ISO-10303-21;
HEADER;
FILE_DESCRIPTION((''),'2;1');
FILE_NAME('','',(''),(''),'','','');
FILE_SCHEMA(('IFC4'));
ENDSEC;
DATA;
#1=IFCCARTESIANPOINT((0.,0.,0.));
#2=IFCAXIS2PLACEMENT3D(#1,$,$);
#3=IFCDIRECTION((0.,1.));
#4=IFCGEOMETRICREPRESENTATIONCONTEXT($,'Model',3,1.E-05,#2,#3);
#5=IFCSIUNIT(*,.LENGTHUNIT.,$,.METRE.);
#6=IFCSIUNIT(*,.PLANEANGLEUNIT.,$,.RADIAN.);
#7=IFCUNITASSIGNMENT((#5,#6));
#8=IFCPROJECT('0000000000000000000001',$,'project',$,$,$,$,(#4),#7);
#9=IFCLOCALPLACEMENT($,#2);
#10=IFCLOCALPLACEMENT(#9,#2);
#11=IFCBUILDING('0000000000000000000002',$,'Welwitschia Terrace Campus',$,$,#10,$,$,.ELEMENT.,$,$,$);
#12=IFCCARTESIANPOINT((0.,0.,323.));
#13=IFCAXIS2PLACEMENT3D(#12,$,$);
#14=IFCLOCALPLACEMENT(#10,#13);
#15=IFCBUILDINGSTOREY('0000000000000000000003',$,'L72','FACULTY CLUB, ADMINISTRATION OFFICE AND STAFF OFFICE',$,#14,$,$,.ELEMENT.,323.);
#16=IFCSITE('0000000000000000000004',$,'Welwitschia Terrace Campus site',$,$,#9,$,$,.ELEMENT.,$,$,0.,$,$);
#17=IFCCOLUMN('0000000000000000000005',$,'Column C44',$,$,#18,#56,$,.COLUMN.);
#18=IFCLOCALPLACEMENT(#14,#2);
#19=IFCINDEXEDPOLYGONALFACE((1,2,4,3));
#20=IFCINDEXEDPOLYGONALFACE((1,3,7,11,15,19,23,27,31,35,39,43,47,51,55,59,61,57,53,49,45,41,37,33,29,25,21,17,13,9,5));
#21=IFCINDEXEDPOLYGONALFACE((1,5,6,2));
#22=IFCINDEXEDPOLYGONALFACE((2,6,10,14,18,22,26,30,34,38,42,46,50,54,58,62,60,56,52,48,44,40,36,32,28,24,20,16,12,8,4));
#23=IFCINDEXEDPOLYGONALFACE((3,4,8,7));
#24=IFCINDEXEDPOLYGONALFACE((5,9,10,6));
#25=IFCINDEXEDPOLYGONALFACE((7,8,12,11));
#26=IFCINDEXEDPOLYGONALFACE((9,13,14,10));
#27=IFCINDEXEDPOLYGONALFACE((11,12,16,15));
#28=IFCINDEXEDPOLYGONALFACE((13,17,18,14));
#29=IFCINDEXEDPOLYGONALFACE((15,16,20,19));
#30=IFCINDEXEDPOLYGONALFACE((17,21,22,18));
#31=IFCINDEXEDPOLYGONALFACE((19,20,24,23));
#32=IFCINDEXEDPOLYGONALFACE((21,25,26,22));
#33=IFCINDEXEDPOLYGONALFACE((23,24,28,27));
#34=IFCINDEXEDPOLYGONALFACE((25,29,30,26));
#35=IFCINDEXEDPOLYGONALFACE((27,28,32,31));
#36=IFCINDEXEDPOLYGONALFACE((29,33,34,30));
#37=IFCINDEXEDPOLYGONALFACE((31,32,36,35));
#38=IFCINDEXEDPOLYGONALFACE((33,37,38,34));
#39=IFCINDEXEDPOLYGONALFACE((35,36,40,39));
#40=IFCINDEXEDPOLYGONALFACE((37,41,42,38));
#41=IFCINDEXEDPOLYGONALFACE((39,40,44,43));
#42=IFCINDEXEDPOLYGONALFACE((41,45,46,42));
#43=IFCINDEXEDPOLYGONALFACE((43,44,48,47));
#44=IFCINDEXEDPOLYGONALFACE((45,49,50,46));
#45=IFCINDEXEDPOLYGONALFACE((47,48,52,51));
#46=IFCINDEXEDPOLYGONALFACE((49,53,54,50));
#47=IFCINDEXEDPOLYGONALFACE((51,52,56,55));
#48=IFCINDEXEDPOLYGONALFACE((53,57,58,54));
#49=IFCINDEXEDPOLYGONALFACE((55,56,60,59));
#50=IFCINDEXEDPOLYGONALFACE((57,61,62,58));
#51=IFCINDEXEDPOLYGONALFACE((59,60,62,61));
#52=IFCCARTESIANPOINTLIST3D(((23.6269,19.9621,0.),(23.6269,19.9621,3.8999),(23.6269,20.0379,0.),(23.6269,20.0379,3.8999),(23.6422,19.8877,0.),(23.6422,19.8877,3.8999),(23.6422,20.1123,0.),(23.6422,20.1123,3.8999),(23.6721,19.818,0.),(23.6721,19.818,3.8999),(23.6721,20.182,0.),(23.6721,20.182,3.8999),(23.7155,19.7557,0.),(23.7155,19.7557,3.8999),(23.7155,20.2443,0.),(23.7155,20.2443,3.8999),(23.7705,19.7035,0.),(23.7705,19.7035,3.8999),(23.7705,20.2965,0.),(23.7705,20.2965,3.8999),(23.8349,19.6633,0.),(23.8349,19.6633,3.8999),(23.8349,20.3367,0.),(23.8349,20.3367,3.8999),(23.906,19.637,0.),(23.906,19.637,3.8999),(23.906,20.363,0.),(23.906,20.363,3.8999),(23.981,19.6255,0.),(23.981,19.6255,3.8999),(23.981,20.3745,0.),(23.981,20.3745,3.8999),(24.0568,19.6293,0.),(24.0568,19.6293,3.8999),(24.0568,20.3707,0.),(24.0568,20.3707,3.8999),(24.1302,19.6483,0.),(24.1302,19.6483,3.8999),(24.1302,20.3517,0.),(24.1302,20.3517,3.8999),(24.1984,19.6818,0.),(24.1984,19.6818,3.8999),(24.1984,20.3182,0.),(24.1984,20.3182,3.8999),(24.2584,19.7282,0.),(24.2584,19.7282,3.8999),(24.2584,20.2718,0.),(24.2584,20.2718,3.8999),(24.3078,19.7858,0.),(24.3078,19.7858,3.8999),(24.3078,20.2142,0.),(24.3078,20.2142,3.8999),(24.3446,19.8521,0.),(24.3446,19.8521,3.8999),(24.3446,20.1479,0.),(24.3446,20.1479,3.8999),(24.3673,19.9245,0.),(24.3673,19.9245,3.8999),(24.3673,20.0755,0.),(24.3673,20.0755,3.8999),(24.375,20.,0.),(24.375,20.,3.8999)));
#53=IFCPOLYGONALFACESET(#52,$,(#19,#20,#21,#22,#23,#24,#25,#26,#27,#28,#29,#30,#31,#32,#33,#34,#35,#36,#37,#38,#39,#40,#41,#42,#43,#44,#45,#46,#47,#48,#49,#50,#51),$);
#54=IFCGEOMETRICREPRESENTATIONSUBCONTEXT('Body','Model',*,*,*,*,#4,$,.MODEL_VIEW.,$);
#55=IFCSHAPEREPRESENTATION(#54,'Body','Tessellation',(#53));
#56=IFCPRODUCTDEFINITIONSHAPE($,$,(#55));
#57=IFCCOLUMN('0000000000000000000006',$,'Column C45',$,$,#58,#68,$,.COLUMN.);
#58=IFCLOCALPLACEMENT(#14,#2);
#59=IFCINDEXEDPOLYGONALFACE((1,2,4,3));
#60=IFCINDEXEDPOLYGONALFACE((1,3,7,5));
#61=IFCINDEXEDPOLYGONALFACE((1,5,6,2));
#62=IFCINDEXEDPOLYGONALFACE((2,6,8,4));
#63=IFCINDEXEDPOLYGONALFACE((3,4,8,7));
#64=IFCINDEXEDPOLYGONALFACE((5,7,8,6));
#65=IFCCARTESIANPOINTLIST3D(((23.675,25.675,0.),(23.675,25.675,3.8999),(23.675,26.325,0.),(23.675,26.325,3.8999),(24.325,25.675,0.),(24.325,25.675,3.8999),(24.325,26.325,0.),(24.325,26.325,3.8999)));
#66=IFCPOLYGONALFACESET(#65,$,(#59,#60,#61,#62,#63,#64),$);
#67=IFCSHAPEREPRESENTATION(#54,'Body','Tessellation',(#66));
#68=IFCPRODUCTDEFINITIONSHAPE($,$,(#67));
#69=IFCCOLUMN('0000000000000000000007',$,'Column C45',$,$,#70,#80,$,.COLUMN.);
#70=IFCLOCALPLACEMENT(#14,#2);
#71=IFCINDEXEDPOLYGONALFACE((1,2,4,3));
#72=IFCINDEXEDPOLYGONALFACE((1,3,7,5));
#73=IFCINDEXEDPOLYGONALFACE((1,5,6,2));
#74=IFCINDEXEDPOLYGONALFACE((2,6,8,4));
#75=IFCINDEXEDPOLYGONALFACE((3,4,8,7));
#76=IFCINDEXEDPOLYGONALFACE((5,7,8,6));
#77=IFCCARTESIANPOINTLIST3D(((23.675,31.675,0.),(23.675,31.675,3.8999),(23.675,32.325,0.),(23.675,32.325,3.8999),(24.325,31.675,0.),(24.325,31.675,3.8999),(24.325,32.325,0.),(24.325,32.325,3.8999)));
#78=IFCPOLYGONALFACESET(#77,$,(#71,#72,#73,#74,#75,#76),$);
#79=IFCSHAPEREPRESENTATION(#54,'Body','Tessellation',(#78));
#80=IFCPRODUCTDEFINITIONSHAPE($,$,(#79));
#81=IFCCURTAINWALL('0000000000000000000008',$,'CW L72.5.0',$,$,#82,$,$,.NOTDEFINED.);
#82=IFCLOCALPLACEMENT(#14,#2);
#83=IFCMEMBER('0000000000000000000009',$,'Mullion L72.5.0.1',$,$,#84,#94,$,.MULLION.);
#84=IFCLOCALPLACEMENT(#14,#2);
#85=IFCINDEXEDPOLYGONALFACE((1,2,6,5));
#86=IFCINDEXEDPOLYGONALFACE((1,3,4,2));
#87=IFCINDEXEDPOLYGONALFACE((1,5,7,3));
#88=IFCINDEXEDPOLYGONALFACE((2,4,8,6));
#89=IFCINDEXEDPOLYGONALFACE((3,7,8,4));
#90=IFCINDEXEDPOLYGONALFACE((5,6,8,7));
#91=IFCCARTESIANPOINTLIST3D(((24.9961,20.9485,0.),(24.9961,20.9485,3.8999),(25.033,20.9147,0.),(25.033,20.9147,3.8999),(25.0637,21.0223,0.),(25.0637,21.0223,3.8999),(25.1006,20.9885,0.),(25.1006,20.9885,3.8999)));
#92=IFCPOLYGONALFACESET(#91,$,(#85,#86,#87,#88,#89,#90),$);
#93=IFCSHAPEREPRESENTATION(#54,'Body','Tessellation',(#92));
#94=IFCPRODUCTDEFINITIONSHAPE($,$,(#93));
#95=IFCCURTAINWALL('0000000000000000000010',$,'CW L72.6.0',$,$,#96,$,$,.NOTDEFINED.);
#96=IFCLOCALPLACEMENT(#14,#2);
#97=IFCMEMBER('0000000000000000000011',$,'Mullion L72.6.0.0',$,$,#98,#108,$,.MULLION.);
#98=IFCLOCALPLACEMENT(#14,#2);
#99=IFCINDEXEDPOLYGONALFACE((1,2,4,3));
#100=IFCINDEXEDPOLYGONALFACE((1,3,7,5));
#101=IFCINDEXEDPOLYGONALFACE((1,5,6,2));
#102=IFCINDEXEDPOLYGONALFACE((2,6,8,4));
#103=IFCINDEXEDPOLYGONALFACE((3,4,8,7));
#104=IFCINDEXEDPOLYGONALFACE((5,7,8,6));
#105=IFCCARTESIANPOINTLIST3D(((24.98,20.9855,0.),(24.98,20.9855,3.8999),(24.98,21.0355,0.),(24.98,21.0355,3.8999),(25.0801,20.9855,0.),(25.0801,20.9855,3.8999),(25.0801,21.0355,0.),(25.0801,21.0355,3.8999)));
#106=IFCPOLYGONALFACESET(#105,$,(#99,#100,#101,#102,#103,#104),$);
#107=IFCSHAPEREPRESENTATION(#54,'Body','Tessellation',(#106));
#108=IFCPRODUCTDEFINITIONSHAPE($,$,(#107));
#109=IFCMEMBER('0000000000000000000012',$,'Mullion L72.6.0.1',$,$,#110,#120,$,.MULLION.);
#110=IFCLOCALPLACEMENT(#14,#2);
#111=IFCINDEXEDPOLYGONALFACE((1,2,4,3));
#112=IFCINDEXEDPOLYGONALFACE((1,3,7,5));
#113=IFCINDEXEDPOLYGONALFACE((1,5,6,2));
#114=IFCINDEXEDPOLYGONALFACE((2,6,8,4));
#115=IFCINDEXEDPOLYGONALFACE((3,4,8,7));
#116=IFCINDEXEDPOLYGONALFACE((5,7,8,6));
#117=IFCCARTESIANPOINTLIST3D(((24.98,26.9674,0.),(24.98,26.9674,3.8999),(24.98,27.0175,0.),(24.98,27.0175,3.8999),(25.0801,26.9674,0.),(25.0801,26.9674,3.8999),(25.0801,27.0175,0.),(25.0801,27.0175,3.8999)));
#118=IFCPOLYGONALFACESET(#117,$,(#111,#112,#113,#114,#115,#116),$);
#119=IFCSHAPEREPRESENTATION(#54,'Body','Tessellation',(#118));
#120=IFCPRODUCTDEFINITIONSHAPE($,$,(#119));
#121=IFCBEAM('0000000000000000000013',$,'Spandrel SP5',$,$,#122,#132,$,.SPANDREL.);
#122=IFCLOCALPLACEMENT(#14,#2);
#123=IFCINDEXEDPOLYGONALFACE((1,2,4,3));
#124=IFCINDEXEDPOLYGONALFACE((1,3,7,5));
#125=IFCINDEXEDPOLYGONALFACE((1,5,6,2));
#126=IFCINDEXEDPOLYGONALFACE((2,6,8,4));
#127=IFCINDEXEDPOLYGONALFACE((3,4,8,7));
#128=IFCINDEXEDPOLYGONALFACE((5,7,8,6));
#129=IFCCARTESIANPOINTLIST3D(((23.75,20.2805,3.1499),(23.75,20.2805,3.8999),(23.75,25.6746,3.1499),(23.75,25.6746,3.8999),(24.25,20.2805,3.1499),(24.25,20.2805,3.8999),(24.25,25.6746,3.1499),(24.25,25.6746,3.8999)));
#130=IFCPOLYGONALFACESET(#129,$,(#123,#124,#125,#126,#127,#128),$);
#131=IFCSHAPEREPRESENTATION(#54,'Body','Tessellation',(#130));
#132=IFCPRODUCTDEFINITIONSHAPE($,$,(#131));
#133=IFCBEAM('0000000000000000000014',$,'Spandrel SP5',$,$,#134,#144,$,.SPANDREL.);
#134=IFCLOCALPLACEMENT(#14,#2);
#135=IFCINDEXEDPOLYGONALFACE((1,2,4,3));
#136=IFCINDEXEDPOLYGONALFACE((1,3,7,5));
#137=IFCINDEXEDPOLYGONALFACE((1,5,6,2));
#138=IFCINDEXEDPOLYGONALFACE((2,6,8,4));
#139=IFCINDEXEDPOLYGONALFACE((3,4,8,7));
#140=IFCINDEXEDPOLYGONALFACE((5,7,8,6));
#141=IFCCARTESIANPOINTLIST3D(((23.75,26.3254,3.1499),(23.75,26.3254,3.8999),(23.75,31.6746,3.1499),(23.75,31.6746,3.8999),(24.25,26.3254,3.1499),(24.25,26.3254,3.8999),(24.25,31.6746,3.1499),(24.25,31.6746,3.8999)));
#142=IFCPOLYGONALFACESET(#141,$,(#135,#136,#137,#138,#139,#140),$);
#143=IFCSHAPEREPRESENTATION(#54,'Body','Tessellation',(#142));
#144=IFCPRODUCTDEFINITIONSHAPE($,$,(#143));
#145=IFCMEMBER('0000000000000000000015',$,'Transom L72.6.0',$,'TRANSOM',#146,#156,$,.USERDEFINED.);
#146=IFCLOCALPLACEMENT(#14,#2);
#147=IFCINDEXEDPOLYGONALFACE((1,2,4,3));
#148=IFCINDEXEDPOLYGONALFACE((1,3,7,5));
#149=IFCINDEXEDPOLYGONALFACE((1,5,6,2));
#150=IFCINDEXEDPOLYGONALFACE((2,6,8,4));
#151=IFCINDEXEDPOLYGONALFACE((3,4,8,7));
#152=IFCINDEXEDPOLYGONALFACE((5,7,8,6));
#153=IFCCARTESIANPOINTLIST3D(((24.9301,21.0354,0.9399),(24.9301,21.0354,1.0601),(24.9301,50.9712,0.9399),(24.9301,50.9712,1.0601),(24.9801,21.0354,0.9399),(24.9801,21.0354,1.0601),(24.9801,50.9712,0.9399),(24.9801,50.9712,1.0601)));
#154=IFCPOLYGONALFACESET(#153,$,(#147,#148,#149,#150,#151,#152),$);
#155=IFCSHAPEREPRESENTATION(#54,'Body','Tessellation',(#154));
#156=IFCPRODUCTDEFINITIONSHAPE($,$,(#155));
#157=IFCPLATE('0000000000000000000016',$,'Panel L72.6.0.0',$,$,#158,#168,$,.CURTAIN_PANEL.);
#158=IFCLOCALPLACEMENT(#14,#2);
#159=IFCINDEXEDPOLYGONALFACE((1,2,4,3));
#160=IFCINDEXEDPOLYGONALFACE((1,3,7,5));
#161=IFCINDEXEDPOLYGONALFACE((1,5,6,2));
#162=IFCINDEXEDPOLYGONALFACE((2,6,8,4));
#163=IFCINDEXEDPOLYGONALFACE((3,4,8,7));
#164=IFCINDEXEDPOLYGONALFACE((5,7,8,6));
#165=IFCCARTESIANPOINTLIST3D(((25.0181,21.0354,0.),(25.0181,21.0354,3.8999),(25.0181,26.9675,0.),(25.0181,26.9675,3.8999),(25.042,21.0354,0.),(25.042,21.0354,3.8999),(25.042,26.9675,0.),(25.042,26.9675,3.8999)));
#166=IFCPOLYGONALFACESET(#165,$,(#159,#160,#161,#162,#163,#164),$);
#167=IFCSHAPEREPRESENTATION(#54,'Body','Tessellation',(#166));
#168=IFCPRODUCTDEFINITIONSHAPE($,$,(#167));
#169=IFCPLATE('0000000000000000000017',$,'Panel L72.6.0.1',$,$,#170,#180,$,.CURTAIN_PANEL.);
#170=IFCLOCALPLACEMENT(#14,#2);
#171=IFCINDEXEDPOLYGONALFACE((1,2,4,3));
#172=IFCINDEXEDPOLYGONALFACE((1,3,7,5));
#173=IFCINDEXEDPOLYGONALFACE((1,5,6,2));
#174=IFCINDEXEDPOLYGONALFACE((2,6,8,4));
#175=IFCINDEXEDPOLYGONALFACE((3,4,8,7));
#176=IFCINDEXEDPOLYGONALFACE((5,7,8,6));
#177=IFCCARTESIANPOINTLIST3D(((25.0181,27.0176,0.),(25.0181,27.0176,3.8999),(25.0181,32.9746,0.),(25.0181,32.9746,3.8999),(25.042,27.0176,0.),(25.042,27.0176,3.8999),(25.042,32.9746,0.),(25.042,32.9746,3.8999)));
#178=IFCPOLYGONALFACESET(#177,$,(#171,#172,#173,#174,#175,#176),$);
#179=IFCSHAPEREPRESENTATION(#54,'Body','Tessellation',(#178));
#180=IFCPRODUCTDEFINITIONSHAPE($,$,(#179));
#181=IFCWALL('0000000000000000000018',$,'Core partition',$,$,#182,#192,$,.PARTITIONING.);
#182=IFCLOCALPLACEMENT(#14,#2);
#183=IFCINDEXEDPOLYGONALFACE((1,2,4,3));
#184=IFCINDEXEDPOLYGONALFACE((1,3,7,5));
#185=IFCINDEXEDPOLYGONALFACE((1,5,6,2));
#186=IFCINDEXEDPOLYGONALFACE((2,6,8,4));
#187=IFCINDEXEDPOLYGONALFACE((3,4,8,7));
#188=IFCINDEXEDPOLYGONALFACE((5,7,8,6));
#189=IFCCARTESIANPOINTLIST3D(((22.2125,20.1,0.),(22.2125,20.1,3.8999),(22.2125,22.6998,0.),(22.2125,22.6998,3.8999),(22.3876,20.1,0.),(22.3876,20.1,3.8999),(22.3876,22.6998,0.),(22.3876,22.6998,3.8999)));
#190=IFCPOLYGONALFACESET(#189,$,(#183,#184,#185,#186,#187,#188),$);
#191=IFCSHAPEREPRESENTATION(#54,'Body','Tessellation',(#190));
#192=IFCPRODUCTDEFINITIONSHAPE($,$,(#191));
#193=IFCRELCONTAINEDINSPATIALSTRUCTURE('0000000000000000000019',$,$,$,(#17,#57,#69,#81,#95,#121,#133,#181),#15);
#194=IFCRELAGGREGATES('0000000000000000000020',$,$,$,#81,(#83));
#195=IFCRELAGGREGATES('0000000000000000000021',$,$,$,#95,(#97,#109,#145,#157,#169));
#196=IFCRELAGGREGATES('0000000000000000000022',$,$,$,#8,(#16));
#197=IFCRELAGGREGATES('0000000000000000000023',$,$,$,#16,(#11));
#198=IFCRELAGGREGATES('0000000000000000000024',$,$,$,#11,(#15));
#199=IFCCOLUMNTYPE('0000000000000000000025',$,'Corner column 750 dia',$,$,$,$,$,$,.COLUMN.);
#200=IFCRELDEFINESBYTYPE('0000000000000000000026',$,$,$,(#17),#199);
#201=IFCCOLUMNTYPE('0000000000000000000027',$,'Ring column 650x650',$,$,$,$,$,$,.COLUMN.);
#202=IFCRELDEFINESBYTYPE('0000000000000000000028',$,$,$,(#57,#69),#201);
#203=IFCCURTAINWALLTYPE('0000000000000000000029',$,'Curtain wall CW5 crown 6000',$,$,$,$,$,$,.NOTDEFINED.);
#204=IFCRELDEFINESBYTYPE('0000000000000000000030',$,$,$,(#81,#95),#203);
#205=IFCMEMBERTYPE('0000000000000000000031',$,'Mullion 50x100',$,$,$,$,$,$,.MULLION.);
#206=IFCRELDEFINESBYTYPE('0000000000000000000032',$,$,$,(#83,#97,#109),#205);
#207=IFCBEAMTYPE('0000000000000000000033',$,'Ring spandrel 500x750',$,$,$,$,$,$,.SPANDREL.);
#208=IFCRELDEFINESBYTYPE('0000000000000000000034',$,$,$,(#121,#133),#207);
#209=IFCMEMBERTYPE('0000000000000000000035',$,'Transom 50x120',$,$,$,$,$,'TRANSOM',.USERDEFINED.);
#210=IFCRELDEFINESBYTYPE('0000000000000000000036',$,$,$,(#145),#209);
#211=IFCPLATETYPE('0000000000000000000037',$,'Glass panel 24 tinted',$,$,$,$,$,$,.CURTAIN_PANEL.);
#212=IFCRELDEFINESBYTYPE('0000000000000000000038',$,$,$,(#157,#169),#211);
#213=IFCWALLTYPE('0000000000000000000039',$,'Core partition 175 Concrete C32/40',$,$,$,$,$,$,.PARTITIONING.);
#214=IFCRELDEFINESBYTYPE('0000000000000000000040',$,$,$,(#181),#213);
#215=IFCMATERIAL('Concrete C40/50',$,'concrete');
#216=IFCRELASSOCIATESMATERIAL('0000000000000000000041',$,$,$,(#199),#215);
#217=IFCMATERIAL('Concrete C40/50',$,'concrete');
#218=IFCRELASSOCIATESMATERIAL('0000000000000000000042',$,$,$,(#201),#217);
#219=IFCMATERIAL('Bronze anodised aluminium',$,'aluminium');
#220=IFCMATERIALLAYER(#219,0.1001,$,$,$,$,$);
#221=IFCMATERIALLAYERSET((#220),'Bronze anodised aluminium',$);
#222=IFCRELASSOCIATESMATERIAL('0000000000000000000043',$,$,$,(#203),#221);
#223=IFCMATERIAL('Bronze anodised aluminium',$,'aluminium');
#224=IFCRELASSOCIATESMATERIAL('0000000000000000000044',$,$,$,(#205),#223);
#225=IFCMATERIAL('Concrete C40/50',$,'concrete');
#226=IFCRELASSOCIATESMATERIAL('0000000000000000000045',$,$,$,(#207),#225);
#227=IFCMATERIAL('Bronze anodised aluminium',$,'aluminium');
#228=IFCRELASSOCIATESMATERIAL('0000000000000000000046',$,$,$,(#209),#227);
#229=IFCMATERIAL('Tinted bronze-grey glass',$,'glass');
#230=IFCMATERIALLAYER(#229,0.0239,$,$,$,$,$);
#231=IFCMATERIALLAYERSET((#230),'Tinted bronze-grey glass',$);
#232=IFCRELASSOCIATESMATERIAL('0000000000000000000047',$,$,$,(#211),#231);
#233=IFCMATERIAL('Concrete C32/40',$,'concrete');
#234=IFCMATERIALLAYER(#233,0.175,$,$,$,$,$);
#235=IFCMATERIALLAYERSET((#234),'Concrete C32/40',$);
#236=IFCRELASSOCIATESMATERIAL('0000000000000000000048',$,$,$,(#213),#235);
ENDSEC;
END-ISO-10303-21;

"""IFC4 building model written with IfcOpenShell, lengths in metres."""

from ifc_helpers import new_model, si_unit, direction, frame, frame_2d, origin, origin_2d, place, context, subcontext, project, spatial, rectangle, circle, extrude, material, layer, layer_set, material_profile, profile_set, type_object, element, aggregate, save


model = new_model("IFC4")

# Units and contexts
model_context = context("Model", 3, precision=1e-05, world=origin(), true_north=direction((0.0, 1.0)))
body_context = subcontext(model_context, "Body", "Model", "MODEL_VIEW")
ifc_project = project(units=[si_unit("LENGTHUNIT", "METRE"), si_unit("PLANEANGLEUNIT", "RADIAN")], contexts=[model_context])

# Site, building, storey
site_placement = place(None, origin())
site = spatial("IfcSite", under=ifc_project, at=site_placement, Name="Welwitschia Terrace Campus site", CompositionType="ELEMENT", RefElevation=0.0)
building_placement = place(site_placement, origin())
building = spatial("IfcBuilding", under=site, at=building_placement, Name="Welwitschia Terrace Campus", CompositionType="ELEMENT")
storey_placement = place(building_placement, frame((0.0, 0.0, 323.0)))
storey = spatial("IfcBuildingStorey", under=building, at=storey_placement, Name="L72", Description="FACULTY CLUB, ADMINISTRATION OFFICE AND STAFF OFFICE", CompositionType="ELEMENT", Elevation=323.0)

# Columns
ifc_material_1 = material(Name="Concrete C40/50", Category="concrete")
ifc_material_profile_1 = material_profile(ifc_material_1, circle(Radius=0.375, at=origin_2d()))
ifc_profile_set_1 = profile_set([ifc_material_profile_1], Name="Concrete C40/50")
column_type_1 = type_object("IfcColumnType", Name="Corner column 750 dia", PredefinedType="COLUMN", material=ifc_profile_set_1)
column_placement = place(storey_placement, frame((24.0, 20.0, 0.0), z_axis=(0.0, 0.0, 1.0), x_axis=(1.0, 0.0, 0.0)))
element("IfcColumn", 1, at=column_placement, inside=storey, type_object=column_type_1, Name="Column C44", PredefinedType="COLUMN", context=body_context, shape_type="SweptSolid", body=[
    extrude(circle(Radius=0.375, at=origin_2d()), origin(), (0.0, 0.0, 1.0), 3.8999),
])
ifc_material_2 = material(Name="Concrete C40/50", Category="concrete")
ifc_material_profile_2 = material_profile(ifc_material_2, rectangle(XDim=0.6499, YDim=0.6499, at=origin_2d()))
ifc_profile_set_2 = profile_set([ifc_material_profile_2], Name="Concrete C40/50")
column_type_2 = type_object("IfcColumnType", Name="Ring column 650x650", PredefinedType="COLUMN", material=ifc_profile_set_2)
for number, where, z_axis, x_axis, name in (
    (2, (24.0, 26.0, 0.0), (0.0, 0.0, 1.0), (1.0, 0.0, 0.0), "Column C45"),
    (3, (24.0, 32.0, 0.0), (0.0, 0.0, 1.0), (1.0, 0.0, 0.0), "Column C45"),
):
    element("IfcColumn", number, at=place(storey_placement, frame(where, z_axis=z_axis, x_axis=x_axis)), inside=storey, type_object=column_type_2, Name=name, PredefinedType="COLUMN", context=body_context, shape_type="SweptSolid", body=[
        extrude(rectangle(XDim=0.6499, YDim=0.6499, at=origin_2d()), origin(), (0.0, 0.0, 1.0), 3.8999),
    ])

# Curtain wall, member
ifc_material_3 = material(Name="Bronze anodised aluminium", Category="aluminium")
ifc_layer_1 = layer(ifc_material_3, 0.1001)
ifc_layer_set_1 = layer_set([ifc_layer_1], Name="Bronze anodised aluminium")
curtain_wall_type = type_object("IfcCurtainWallType", Name="Curtain wall CW5 crown 6000", PredefinedType="NOTDEFINED", material=ifc_layer_set_1)
curtain_wall_1_placement = place(storey_placement, origin())
curtain_wall_1 = element("IfcCurtainWall", 4, at=curtain_wall_1_placement, inside=storey, type_object=curtain_wall_type, Name="CW L72.5.0", PredefinedType="NOTDEFINED")
ifc_material_4 = material(Name="Bronze anodised aluminium", Category="aluminium")
ifc_material_profile_3 = material_profile(ifc_material_4, rectangle(XDim=0.1001, YDim=0.05, at=origin_2d()))
ifc_profile_set_3 = profile_set([ifc_material_profile_3], Name="Bronze anodised aluminium")
member_type_1 = type_object("IfcMemberType", Name="Mullion 50x100", PredefinedType="MULLION", material=ifc_profile_set_3)
member_1_placement = place(storey_placement, frame((25.0483, 20.9685, 0.0), z_axis=(0.0, 0.0, 1.0), x_axis=(-0.67559, -0.737277, 0.0)))
member_1 = element("IfcMember", 5, at=member_1_placement, type_object=member_type_1, Name="Mullion L72.5.0.1", PredefinedType="MULLION", context=body_context, shape_type="SweptSolid", body=[
    extrude(rectangle(XDim=0.1001, YDim=0.05, at=origin_2d()), origin(), (0.0, 0.0, 1.0), 3.8999),
])
aggregate(curtain_wall_1, [member_1])

# Curtain wall, members
curtain_wall_2_placement = place(storey_placement, origin())
curtain_wall_2 = element("IfcCurtainWall", 6, at=curtain_wall_2_placement, inside=storey, type_object=curtain_wall_type, Name="CW L72.6.0", PredefinedType="NOTDEFINED")
member_2_placement = place(storey_placement, frame((25.03, 21.0105, 0.0), z_axis=(0.0, 0.0, 1.0), x_axis=(-1.0, 0.0, 0.0)))
member_2 = element("IfcMember", 7, at=member_2_placement, type_object=member_type_1, Name="Mullion L72.6.0.0", PredefinedType="MULLION", context=body_context, shape_type="SweptSolid", body=[
    extrude(rectangle(XDim=0.1001, YDim=0.05, at=origin_2d()), origin(), (0.0, 0.0, 1.0), 3.8999),
])
member_3_placement = place(storey_placement, frame((25.03, 26.9924, 0.0), z_axis=(0.0, 0.0, 1.0), x_axis=(-1.0, 0.0, 0.0)))
member_3 = element("IfcMember", 8, at=member_3_placement, type_object=member_type_1, Name="Mullion L72.6.0.1", PredefinedType="MULLION", context=body_context, shape_type="SweptSolid", body=[
    extrude(rectangle(XDim=0.1001, YDim=0.05, at=origin_2d()), origin(), (0.0, 0.0, 1.0), 3.8999),
])

# Beams
ifc_material_5 = material(Name="Concrete C40/50", Category="concrete")
ifc_material_profile_4 = material_profile(ifc_material_5, rectangle(XDim=0.5, YDim=0.75, at=origin_2d()))
ifc_profile_set_4 = profile_set([ifc_material_profile_4], Name="Concrete C40/50")
beam_type = type_object("IfcBeamType", Name="Ring spandrel 500x750", PredefinedType="SPANDREL", material=ifc_profile_set_4)
beam_1_placement = place(storey_placement, frame((24.0, 20.2805, 3.5249), z_axis=(0.0, 1.0, 0.0), x_axis=(-1.0, 0.0, 0.0)))
element("IfcBeam", 9, at=beam_1_placement, inside=storey, type_object=beam_type, Name="Spandrel SP5", PredefinedType="SPANDREL", context=body_context, shape_type="SweptSolid", body=[
    extrude(rectangle(XDim=0.5, YDim=0.75, at=origin_2d()), origin(), (0.0, 0.0, 1.0), 5.394),
])
beam_2_placement = place(storey_placement, frame((24.0, 26.3254, 3.5249), z_axis=(0.0, 1.0, 0.0), x_axis=(-1.0, 0.0, 0.0)))
element("IfcBeam", 10, at=beam_2_placement, inside=storey, type_object=beam_type, Name="Spandrel SP5", PredefinedType="SPANDREL", context=body_context, shape_type="SweptSolid", body=[
    extrude(rectangle(XDim=0.5, YDim=0.75, at=origin_2d()), origin(), (0.0, 0.0, 1.0), 5.3491),
])

# Member
ifc_material_6 = material(Name="Bronze anodised aluminium", Category="aluminium")
ifc_material_profile_5 = material_profile(ifc_material_6, rectangle(XDim=0.05, YDim=0.1201, at=origin_2d()))
ifc_profile_set_5 = profile_set([ifc_material_profile_5], Name="Bronze anodised aluminium")
member_type_2 = type_object("IfcMemberType", Name="Transom 50x120", ElementType="TRANSOM", PredefinedType="USERDEFINED", material=ifc_profile_set_5)
member_4_placement = place(storey_placement, frame((24.9551, 21.0354, 1.0), z_axis=(0.0, 1.0, 0.0), x_axis=(-1.0, 0.0, 0.0)))
member_4 = element("IfcMember", 11, at=member_4_placement, type_object=member_type_2, Name="Transom L72.6.0", ObjectType="TRANSOM", PredefinedType="USERDEFINED", context=body_context, shape_type="SweptSolid", body=[
    extrude(rectangle(XDim=0.05, YDim=0.1201, at=origin_2d()), origin(), (0.0, 0.0, 1.0), 29.9358),
])

# Plates
ifc_material_7 = material(Name="Tinted bronze-grey glass", Category="glass")
ifc_layer_2 = layer(ifc_material_7, 0.0239)
ifc_layer_set_2 = layer_set([ifc_layer_2], Name="Tinted bronze-grey glass")
plate_type = type_object("IfcPlateType", Name="Glass panel 24 tinted", PredefinedType="CURTAIN_PANEL", material=ifc_layer_set_2)
plate_1_placement = place(storey_placement, frame((25.03, 24.0015, 0.0), z_axis=(0.0, 0.0, 1.0), x_axis=(0.0, 1.0, 0.0)))
plate_1 = element("IfcPlate", 12, at=plate_1_placement, type_object=plate_type, Name="Panel L72.6.0.0", PredefinedType="CURTAIN_PANEL", context=body_context, shape_type="SweptSolid", body=[
    extrude(rectangle(XDim=5.9321, YDim=0.0239, at=origin_2d()), origin(), (0.0, 0.0, 1.0), 3.8999),
])
plate_2_placement = place(storey_placement, frame((25.03, 29.9961, 0.0), z_axis=(0.0, 0.0, 1.0), x_axis=(0.0, 1.0, 0.0)))
plate_2 = element("IfcPlate", 13, at=plate_2_placement, type_object=plate_type, Name="Panel L72.6.0.1", PredefinedType="CURTAIN_PANEL", context=body_context, shape_type="SweptSolid", body=[
    extrude(rectangle(XDim=5.957, YDim=0.0239, at=origin_2d()), origin(), (0.0, 0.0, 1.0), 3.8999),
])
aggregate(curtain_wall_2, [member_2, member_3, member_4, plate_1, plate_2])

# Wall
ifc_material_8 = material(Name="Concrete C32/40", Category="concrete")
ifc_layer_3 = layer(ifc_material_8, 0.175)
ifc_layer_set_3 = layer_set([ifc_layer_3], Name="Concrete C32/40")
wall_type_1 = type_object("IfcWallType", Name="Core partition 175 Concrete C32/40", PredefinedType="PARTITIONING", material=ifc_layer_set_3)
wall_1_placement = place(storey_placement, frame((22.3, 20.1001, 0.0), z_axis=(0.0, 0.0, 1.0), x_axis=(0.0, 1.0, 0.0)))
element("IfcWall", 14, at=wall_1_placement, inside=storey, type_object=wall_type_1, Name="Core partition", PredefinedType="PARTITIONING", context=body_context, shape_type="SweptSolid", body=[
    extrude(rectangle(XDim=2.5999, YDim=0.175, at=frame_2d((1.2998, 0.0))), origin(), (0.0, 0.0, 1.0), 3.8999),
])

save(model, "model.ifc")
